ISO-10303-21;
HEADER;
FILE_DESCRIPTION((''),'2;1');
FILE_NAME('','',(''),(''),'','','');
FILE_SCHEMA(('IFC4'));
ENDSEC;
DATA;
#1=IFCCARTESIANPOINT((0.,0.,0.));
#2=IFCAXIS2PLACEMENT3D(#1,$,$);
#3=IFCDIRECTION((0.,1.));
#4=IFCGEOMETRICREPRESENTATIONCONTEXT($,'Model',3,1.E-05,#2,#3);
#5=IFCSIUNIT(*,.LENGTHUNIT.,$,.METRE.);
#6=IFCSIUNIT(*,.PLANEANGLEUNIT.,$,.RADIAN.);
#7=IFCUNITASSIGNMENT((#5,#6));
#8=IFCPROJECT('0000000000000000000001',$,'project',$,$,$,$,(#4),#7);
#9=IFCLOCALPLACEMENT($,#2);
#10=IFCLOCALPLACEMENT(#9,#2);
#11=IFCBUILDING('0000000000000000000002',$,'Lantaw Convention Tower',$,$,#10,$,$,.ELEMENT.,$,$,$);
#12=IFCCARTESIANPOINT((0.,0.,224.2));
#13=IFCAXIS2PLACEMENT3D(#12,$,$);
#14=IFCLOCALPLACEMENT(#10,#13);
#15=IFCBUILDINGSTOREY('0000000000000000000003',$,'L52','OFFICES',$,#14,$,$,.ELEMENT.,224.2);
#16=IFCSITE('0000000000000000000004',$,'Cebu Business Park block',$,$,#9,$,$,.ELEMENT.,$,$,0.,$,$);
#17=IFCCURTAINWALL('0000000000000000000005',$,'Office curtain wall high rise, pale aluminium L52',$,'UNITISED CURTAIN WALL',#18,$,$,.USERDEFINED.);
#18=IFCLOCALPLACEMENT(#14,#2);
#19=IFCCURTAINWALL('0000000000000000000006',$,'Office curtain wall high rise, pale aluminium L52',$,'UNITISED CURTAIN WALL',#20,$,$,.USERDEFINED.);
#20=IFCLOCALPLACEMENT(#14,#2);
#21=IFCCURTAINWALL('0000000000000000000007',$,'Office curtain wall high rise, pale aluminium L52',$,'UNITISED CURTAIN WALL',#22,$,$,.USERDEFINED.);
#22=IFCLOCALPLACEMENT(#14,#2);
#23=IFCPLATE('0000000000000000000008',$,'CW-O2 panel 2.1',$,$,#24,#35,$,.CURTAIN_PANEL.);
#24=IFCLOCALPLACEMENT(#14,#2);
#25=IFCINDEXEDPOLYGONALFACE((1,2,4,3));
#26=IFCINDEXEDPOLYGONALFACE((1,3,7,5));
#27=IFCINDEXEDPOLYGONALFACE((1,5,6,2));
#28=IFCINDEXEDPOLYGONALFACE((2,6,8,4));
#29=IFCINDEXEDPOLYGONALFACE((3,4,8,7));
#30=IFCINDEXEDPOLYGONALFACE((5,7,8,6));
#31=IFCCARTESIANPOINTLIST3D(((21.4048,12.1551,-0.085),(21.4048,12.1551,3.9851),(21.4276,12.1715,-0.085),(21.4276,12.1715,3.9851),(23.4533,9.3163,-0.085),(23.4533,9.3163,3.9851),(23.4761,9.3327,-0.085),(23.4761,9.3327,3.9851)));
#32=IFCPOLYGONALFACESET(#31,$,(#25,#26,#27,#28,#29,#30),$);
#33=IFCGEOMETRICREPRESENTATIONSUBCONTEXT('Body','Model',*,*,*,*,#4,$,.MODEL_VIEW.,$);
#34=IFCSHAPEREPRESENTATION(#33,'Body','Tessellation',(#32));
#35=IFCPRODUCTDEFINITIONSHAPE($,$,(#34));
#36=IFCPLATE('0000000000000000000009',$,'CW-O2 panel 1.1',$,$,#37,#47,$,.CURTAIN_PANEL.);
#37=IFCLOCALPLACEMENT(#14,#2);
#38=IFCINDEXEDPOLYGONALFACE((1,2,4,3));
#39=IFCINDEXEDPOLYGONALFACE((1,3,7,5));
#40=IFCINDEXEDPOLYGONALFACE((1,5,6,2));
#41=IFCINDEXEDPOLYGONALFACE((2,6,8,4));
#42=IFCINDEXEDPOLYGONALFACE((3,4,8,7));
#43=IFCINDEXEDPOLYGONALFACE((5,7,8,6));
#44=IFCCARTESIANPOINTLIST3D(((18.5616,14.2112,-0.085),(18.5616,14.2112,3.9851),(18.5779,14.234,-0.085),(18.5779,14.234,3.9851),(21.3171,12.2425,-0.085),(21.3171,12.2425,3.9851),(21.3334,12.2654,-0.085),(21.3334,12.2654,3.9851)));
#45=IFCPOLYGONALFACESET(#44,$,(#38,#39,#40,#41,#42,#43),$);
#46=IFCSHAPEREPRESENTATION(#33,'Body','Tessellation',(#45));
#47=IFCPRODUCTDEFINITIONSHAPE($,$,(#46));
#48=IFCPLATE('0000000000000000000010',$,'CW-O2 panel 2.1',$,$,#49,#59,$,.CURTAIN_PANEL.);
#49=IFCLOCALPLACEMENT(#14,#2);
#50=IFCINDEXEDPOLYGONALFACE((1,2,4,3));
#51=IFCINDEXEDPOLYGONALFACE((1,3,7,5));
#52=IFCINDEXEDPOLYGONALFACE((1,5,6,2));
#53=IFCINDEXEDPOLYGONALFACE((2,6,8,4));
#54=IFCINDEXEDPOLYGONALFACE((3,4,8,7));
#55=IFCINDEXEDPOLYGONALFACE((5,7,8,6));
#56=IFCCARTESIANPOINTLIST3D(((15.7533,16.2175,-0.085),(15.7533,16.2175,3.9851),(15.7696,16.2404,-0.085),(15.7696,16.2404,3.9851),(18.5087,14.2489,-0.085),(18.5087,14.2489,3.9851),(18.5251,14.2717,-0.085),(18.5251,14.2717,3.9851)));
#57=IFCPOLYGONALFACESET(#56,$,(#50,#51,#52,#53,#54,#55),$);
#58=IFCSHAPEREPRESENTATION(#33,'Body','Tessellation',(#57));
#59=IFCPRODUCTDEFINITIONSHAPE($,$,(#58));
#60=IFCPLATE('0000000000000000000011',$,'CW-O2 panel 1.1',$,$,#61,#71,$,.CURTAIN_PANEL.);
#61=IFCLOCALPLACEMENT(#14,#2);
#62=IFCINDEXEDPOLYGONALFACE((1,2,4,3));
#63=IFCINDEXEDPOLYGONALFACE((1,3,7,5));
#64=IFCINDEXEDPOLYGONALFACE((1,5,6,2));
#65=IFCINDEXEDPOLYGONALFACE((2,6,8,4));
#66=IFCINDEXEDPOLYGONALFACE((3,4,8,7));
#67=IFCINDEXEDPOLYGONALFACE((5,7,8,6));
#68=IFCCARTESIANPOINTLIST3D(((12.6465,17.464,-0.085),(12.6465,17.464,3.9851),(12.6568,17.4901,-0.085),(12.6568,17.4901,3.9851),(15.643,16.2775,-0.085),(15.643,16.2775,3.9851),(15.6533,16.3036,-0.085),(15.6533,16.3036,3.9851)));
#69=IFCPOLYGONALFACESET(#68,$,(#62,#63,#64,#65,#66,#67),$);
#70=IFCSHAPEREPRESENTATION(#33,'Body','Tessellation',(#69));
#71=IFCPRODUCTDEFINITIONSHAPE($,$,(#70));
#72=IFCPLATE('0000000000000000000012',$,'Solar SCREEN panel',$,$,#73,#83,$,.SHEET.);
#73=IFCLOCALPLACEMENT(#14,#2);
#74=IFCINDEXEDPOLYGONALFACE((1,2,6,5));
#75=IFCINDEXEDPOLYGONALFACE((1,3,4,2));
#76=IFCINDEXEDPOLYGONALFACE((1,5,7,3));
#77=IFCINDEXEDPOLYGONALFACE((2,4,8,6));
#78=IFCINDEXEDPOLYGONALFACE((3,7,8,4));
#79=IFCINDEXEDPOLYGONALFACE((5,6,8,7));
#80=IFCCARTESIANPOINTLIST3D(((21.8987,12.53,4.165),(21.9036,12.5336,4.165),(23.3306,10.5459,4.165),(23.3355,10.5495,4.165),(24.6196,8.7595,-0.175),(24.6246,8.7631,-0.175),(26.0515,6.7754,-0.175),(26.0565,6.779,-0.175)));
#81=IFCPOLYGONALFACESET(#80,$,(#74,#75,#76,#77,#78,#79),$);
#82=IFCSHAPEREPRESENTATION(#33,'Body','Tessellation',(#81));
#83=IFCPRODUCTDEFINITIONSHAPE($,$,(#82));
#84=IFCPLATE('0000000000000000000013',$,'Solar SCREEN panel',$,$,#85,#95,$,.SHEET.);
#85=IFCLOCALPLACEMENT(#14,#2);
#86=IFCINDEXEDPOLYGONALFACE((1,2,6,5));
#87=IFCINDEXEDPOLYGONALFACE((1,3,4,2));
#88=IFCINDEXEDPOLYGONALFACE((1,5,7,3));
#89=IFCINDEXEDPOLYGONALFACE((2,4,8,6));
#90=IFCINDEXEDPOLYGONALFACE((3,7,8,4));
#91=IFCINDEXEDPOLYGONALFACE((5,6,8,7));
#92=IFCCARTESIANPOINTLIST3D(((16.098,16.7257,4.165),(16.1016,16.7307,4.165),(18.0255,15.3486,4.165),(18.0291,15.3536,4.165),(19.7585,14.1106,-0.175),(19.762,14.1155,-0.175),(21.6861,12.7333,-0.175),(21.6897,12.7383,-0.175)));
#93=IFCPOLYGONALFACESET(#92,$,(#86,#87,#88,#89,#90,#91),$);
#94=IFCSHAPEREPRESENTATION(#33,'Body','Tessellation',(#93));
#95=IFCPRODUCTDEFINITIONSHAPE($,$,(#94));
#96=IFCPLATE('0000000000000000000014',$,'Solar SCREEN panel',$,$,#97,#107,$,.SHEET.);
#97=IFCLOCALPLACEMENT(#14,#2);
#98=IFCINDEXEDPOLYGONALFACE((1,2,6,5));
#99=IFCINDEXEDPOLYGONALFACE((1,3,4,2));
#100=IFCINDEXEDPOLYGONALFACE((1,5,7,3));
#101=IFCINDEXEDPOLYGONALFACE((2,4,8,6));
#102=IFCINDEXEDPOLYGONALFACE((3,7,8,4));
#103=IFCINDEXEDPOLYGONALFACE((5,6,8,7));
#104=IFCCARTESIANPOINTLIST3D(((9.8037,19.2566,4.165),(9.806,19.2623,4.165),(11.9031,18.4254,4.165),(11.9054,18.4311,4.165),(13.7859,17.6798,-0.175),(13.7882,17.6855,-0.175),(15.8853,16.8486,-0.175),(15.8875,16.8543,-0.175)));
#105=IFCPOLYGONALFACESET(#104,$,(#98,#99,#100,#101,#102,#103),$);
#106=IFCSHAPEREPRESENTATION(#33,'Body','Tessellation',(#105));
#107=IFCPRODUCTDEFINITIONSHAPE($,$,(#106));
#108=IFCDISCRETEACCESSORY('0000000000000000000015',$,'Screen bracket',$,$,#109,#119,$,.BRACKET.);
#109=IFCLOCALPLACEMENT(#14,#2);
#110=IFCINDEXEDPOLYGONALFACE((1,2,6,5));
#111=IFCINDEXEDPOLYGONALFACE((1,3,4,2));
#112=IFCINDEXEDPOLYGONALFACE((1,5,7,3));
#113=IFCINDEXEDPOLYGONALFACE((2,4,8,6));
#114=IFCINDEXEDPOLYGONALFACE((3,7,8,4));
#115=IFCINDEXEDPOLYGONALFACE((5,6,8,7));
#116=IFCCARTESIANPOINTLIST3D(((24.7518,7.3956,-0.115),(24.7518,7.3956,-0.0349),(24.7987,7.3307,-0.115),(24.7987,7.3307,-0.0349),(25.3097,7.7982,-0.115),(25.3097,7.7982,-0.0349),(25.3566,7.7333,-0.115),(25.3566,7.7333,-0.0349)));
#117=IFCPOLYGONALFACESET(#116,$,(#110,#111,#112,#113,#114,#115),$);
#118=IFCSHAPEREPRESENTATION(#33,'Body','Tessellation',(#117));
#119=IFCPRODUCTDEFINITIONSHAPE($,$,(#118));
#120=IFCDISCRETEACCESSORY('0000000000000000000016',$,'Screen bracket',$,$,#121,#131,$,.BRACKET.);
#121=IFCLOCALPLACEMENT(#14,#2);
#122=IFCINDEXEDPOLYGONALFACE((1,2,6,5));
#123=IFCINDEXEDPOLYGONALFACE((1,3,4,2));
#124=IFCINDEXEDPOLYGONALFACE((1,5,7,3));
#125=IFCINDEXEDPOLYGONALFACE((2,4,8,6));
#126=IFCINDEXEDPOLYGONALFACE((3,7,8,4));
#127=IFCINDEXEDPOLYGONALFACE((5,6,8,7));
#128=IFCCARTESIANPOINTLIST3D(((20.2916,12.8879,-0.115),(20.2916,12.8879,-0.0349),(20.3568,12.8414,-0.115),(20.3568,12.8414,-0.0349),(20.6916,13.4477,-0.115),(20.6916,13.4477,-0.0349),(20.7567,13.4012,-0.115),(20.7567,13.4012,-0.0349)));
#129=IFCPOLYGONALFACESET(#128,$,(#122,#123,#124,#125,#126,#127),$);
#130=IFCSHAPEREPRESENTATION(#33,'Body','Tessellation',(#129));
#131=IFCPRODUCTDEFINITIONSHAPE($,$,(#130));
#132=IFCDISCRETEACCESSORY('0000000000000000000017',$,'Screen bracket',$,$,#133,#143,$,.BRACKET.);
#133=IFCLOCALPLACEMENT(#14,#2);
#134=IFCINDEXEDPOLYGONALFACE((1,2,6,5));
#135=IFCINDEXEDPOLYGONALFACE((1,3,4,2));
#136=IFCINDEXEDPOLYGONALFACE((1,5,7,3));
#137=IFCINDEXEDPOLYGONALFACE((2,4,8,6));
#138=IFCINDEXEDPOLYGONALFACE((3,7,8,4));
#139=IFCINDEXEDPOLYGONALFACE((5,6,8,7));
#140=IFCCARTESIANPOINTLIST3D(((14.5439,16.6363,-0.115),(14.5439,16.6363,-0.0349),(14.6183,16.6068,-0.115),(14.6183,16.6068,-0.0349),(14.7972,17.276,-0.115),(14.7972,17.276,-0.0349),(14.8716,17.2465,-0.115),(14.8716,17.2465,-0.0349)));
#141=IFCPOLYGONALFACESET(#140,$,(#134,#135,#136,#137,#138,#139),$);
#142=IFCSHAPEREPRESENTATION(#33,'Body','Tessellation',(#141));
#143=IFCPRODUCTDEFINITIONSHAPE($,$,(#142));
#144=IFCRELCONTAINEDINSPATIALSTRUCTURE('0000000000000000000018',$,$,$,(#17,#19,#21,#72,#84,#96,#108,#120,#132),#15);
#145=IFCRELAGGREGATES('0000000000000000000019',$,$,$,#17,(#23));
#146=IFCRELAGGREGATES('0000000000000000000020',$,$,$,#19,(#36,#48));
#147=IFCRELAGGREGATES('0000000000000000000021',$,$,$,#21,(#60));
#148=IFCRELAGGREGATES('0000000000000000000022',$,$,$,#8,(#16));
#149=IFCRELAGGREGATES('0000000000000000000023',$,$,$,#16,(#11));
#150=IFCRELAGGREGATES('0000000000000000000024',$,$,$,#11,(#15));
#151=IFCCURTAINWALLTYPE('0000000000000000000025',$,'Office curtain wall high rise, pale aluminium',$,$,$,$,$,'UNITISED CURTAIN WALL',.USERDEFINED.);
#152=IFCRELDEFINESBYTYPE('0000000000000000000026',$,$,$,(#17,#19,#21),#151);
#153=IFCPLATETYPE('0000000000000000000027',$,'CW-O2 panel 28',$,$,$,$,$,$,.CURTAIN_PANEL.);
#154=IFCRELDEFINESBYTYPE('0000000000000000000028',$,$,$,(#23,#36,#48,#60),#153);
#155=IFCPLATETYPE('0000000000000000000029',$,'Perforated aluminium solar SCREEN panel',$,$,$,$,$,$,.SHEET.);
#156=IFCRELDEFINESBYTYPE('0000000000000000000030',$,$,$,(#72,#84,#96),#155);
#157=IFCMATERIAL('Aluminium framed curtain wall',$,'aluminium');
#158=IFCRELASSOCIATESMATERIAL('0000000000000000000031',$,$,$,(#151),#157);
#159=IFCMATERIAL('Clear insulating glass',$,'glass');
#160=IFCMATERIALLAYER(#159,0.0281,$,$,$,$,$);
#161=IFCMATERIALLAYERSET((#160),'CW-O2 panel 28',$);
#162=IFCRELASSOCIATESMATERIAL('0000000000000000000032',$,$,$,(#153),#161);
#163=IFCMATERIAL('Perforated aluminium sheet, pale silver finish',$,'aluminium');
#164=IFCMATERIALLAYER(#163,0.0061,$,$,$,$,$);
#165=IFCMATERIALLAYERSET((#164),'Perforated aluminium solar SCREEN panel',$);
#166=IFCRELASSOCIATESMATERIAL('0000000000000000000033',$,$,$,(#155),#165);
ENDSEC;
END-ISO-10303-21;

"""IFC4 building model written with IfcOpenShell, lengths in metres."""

from ifc_helpers import new_model, si_unit, direction, frame, origin, origin_2d, place, context, subcontext, project, spatial, polyline, rectangle, outline, extrude, material, layer, layer_set, type_object, element, aggregate, save


model = new_model("IFC4")

# Units and contexts
model_context = context("Model", 3, precision=1e-05, world=origin(), true_north=direction((0.0, 1.0)))
body_context = subcontext(model_context, "Body", "Model", "MODEL_VIEW")
ifc_project = project(units=[si_unit("LENGTHUNIT", "METRE"), si_unit("PLANEANGLEUNIT", "RADIAN")], contexts=[model_context])

# Site, building, storey
site_placement = place(None, origin())
site = spatial("IfcSite", under=ifc_project, at=site_placement, Name="Cebu Business Park block", CompositionType="ELEMENT", RefElevation=0.0)
building_placement = place(site_placement, origin())
building = spatial("IfcBuilding", under=site, at=building_placement, Name="Lantaw Convention Tower", CompositionType="ELEMENT")
storey_placement = place(building_placement, frame((0.0, 0.0, 224.2)))
storey = spatial("IfcBuildingStorey", under=building, at=storey_placement, Name="L52", Description="OFFICES", CompositionType="ELEMENT", Elevation=224.2)

# Curtain walls
ifc_material_1 = material(Name="Aluminium framed curtain wall", Category="aluminium")
curtain_wall_type = type_object("IfcCurtainWallType", Name="Office curtain wall high rise, pale aluminium", ElementType="UNITISED CURTAIN WALL", PredefinedType="USERDEFINED", material=ifc_material_1)
curtain_wall_1_placement = place(storey_placement, origin())
curtain_wall_1 = element("IfcCurtainWall", 1, at=curtain_wall_1_placement, inside=storey, type_object=curtain_wall_type, Name="Office curtain wall high rise, pale aluminium L52", ObjectType="UNITISED CURTAIN WALL", PredefinedType="USERDEFINED")
curtain_wall_2_placement = place(storey_placement, origin())
curtain_wall_2 = element("IfcCurtainWall", 2, at=curtain_wall_2_placement, inside=storey, type_object=curtain_wall_type, Name="Office curtain wall high rise, pale aluminium L52", ObjectType="UNITISED CURTAIN WALL", PredefinedType="USERDEFINED")

# Curtain wall
curtain_wall_3_placement = place(storey_placement, origin())
curtain_wall_3 = element("IfcCurtainWall", 3, at=curtain_wall_3_placement, inside=storey, type_object=curtain_wall_type, Name="Office curtain wall high rise, pale aluminium L52", ObjectType="UNITISED CURTAIN WALL", PredefinedType="USERDEFINED")

# Plates
ifc_material_2 = material(Name="Clear insulating glass", Category="glass")
ifc_layer_1 = layer(ifc_material_2, 0.0281)
ifc_layer_set_1 = layer_set([ifc_layer_1], Name="CW-O2 panel 28")
plate_type_1 = type_object("IfcPlateType", Name="CW-O2 panel 28", PredefinedType="CURTAIN_PANEL", material=ifc_layer_set_1)
plate_1_placement = place(storey_placement, frame((22.4404, 10.7439, -0.085), z_axis=(0.0, 0.0, 1.0), x_axis=(-0.585158, 0.81092, 0.0)))
plate_1 = element("IfcPlate", 4, at=plate_1_placement, type_object=plate_type_1, Name="CW-O2 panel 2.1", PredefinedType="CURTAIN_PANEL", context=body_context, shape_type="SweptSolid", body=[
    extrude(rectangle(XDim=3.5007, YDim=0.0281, at=origin_2d()), origin(), (0.0, 0.0, 1.0), 4.0701),
])
aggregate(curtain_wall_1, [plate_1])
plate_2_placement = place(storey_placement, frame((19.9475, 13.2383, -0.085), z_axis=(0.0, 0.0, 1.0), x_axis=(-0.813673, 0.581323, 0.0)))
plate_2 = element("IfcPlate", 5, at=plate_2_placement, type_object=plate_type_1, Name="CW-O2 panel 1.1", PredefinedType="CURTAIN_PANEL", context=body_context, shape_type="SweptSolid", body=[
    extrude(rectangle(XDim=3.3865, YDim=0.0281, at=origin_2d()), origin(), (0.0, 0.0, 1.0), 4.0701),
])
plate_3_placement = place(storey_placement, frame((17.1392, 15.2446, -0.085), z_axis=(0.0, 0.0, 1.0), x_axis=(-0.813673, 0.581323, 0.0)))
plate_3 = element("IfcPlate", 6, at=plate_3_placement, type_object=plate_type_1, Name="CW-O2 panel 2.1", PredefinedType="CURTAIN_PANEL", context=body_context, shape_type="SweptSolid", body=[
    extrude(rectangle(XDim=3.3865, YDim=0.0281, at=origin_2d()), origin(), (0.0, 0.0, 1.0), 4.0701),
])
aggregate(curtain_wall_2, [plate_2, plate_3])
plate_4_placement = place(storey_placement, frame((14.1499, 16.8838, -0.085), z_axis=(0.0, 0.0, 1.0), x_axis=(-0.929762, 0.368162, 0.0)))
plate_4 = element("IfcPlate", 7, at=plate_4_placement, type_object=plate_type_1, Name="CW-O2 panel 1.1", PredefinedType="CURTAIN_PANEL", context=body_context, shape_type="SweptSolid", body=[
    extrude(rectangle(XDim=3.2229, YDim=0.0281, at=origin_2d()), origin(), (0.0, 0.0, 1.0), 4.0701),
])
aggregate(curtain_wall_3, [plate_4])

# Plates
ifc_material_3 = material(Name="Perforated aluminium sheet, pale silver finish", Category="aluminium")
ifc_layer_2 = layer(ifc_material_3, 0.0061)
ifc_layer_set_2 = layer_set([ifc_layer_2], Name="Perforated aluminium solar SCREEN panel")
plate_type_2 = type_object("IfcPlateType", Name="Perforated aluminium solar SCREEN panel", PredefinedType="SHEET", material=ifc_layer_set_2)
plate_5_placement = place(storey_placement, frame((26.0515, 6.7754, -0.175), z_axis=(-0.810892, -0.585195, 0.00002), x_axis=(-0.585195, 0.810892, 0.0)))
element("IfcPlate", 8, at=plate_5_placement, inside=storey, type_object=plate_type_2, Name="Solar SCREEN panel", PredefinedType="SHEET", context=body_context, shape_type="SweptSolid", body=[
    extrude(outline(polyline([(0.0, 0.0), (2.4468, 0.0), (7.0966, -4.3401), (4.6498, -4.3401), (0.0, 0.0)])), origin(), (0.0, 0.0, -1.0), 0.0061),
])
plate_6_placement = place(storey_placement, frame((21.6897, 12.7383, -0.175), z_axis=(0.581331, 0.813667, 0.00001), x_axis=(-0.813667, 0.581331, 0.0)))
element("IfcPlate", 9, at=plate_6_placement, inside=storey, type_object=plate_type_2, Name="Solar SCREEN panel", PredefinedType="SHEET", context=body_context, shape_type="SweptSolid", body=[
    extrude(outline(polyline([(0.0, 0.0), (2.3691, 0.0), (6.8678, 4.3401), (4.4989, 4.3401), (0.0, 0.0)])), origin(), (0.0, 0.0, -1.0), 0.0061),
])
plate_7_placement = place(storey_placement, frame((15.8853, 16.8486, -0.175), z_axis=(-0.368117, -0.92978, 0.000036), x_axis=(-0.92978, 0.368117, 0.0)))
element("IfcPlate", 10, at=plate_7_placement, inside=storey, type_object=plate_type_2, Name="Solar SCREEN panel", PredefinedType="SHEET", context=body_context, shape_type="SweptSolid", body=[
    extrude(outline(polyline([(0.0, 0.0), (2.2579, 0.0), (6.5409, -4.3401), (4.2829, -4.3401), (0.0, 0.0)])), origin(), (0.0, 0.0, -1.0), 0.0061),
])

# Discrete accessories
for number, where, z_axis, x_axis, name in (
    (11, (25.0542, 7.5645, -0.115), (0.0, 0.0, 1.0), (-0.585158, 0.81092, 0.0), "Screen bracket"),
    (12, (20.5242, 13.1445, -0.115), (0.0, 0.0, 1.0), (-0.813673, 0.581323, 0.0), "Screen bracket"),
    (13, (14.7078, 16.9414, -0.115), (0.0, 0.0, 1.0), (-0.929762, 0.368162, 0.0), "Screen bracket"),
):
    element("IfcDiscreteAccessory", number, at=place(storey_placement, frame(where, z_axis=z_axis, x_axis=x_axis)), inside=storey, Name=name, PredefinedType="BRACKET", context=body_context, shape_type="SweptSolid", body=[
        extrude(rectangle(XDim=0.0801, YDim=0.688, at=origin_2d()), origin(), (0.0, 0.0, 1.0), 0.0801),
    ])

save(model, "model.ifc")
